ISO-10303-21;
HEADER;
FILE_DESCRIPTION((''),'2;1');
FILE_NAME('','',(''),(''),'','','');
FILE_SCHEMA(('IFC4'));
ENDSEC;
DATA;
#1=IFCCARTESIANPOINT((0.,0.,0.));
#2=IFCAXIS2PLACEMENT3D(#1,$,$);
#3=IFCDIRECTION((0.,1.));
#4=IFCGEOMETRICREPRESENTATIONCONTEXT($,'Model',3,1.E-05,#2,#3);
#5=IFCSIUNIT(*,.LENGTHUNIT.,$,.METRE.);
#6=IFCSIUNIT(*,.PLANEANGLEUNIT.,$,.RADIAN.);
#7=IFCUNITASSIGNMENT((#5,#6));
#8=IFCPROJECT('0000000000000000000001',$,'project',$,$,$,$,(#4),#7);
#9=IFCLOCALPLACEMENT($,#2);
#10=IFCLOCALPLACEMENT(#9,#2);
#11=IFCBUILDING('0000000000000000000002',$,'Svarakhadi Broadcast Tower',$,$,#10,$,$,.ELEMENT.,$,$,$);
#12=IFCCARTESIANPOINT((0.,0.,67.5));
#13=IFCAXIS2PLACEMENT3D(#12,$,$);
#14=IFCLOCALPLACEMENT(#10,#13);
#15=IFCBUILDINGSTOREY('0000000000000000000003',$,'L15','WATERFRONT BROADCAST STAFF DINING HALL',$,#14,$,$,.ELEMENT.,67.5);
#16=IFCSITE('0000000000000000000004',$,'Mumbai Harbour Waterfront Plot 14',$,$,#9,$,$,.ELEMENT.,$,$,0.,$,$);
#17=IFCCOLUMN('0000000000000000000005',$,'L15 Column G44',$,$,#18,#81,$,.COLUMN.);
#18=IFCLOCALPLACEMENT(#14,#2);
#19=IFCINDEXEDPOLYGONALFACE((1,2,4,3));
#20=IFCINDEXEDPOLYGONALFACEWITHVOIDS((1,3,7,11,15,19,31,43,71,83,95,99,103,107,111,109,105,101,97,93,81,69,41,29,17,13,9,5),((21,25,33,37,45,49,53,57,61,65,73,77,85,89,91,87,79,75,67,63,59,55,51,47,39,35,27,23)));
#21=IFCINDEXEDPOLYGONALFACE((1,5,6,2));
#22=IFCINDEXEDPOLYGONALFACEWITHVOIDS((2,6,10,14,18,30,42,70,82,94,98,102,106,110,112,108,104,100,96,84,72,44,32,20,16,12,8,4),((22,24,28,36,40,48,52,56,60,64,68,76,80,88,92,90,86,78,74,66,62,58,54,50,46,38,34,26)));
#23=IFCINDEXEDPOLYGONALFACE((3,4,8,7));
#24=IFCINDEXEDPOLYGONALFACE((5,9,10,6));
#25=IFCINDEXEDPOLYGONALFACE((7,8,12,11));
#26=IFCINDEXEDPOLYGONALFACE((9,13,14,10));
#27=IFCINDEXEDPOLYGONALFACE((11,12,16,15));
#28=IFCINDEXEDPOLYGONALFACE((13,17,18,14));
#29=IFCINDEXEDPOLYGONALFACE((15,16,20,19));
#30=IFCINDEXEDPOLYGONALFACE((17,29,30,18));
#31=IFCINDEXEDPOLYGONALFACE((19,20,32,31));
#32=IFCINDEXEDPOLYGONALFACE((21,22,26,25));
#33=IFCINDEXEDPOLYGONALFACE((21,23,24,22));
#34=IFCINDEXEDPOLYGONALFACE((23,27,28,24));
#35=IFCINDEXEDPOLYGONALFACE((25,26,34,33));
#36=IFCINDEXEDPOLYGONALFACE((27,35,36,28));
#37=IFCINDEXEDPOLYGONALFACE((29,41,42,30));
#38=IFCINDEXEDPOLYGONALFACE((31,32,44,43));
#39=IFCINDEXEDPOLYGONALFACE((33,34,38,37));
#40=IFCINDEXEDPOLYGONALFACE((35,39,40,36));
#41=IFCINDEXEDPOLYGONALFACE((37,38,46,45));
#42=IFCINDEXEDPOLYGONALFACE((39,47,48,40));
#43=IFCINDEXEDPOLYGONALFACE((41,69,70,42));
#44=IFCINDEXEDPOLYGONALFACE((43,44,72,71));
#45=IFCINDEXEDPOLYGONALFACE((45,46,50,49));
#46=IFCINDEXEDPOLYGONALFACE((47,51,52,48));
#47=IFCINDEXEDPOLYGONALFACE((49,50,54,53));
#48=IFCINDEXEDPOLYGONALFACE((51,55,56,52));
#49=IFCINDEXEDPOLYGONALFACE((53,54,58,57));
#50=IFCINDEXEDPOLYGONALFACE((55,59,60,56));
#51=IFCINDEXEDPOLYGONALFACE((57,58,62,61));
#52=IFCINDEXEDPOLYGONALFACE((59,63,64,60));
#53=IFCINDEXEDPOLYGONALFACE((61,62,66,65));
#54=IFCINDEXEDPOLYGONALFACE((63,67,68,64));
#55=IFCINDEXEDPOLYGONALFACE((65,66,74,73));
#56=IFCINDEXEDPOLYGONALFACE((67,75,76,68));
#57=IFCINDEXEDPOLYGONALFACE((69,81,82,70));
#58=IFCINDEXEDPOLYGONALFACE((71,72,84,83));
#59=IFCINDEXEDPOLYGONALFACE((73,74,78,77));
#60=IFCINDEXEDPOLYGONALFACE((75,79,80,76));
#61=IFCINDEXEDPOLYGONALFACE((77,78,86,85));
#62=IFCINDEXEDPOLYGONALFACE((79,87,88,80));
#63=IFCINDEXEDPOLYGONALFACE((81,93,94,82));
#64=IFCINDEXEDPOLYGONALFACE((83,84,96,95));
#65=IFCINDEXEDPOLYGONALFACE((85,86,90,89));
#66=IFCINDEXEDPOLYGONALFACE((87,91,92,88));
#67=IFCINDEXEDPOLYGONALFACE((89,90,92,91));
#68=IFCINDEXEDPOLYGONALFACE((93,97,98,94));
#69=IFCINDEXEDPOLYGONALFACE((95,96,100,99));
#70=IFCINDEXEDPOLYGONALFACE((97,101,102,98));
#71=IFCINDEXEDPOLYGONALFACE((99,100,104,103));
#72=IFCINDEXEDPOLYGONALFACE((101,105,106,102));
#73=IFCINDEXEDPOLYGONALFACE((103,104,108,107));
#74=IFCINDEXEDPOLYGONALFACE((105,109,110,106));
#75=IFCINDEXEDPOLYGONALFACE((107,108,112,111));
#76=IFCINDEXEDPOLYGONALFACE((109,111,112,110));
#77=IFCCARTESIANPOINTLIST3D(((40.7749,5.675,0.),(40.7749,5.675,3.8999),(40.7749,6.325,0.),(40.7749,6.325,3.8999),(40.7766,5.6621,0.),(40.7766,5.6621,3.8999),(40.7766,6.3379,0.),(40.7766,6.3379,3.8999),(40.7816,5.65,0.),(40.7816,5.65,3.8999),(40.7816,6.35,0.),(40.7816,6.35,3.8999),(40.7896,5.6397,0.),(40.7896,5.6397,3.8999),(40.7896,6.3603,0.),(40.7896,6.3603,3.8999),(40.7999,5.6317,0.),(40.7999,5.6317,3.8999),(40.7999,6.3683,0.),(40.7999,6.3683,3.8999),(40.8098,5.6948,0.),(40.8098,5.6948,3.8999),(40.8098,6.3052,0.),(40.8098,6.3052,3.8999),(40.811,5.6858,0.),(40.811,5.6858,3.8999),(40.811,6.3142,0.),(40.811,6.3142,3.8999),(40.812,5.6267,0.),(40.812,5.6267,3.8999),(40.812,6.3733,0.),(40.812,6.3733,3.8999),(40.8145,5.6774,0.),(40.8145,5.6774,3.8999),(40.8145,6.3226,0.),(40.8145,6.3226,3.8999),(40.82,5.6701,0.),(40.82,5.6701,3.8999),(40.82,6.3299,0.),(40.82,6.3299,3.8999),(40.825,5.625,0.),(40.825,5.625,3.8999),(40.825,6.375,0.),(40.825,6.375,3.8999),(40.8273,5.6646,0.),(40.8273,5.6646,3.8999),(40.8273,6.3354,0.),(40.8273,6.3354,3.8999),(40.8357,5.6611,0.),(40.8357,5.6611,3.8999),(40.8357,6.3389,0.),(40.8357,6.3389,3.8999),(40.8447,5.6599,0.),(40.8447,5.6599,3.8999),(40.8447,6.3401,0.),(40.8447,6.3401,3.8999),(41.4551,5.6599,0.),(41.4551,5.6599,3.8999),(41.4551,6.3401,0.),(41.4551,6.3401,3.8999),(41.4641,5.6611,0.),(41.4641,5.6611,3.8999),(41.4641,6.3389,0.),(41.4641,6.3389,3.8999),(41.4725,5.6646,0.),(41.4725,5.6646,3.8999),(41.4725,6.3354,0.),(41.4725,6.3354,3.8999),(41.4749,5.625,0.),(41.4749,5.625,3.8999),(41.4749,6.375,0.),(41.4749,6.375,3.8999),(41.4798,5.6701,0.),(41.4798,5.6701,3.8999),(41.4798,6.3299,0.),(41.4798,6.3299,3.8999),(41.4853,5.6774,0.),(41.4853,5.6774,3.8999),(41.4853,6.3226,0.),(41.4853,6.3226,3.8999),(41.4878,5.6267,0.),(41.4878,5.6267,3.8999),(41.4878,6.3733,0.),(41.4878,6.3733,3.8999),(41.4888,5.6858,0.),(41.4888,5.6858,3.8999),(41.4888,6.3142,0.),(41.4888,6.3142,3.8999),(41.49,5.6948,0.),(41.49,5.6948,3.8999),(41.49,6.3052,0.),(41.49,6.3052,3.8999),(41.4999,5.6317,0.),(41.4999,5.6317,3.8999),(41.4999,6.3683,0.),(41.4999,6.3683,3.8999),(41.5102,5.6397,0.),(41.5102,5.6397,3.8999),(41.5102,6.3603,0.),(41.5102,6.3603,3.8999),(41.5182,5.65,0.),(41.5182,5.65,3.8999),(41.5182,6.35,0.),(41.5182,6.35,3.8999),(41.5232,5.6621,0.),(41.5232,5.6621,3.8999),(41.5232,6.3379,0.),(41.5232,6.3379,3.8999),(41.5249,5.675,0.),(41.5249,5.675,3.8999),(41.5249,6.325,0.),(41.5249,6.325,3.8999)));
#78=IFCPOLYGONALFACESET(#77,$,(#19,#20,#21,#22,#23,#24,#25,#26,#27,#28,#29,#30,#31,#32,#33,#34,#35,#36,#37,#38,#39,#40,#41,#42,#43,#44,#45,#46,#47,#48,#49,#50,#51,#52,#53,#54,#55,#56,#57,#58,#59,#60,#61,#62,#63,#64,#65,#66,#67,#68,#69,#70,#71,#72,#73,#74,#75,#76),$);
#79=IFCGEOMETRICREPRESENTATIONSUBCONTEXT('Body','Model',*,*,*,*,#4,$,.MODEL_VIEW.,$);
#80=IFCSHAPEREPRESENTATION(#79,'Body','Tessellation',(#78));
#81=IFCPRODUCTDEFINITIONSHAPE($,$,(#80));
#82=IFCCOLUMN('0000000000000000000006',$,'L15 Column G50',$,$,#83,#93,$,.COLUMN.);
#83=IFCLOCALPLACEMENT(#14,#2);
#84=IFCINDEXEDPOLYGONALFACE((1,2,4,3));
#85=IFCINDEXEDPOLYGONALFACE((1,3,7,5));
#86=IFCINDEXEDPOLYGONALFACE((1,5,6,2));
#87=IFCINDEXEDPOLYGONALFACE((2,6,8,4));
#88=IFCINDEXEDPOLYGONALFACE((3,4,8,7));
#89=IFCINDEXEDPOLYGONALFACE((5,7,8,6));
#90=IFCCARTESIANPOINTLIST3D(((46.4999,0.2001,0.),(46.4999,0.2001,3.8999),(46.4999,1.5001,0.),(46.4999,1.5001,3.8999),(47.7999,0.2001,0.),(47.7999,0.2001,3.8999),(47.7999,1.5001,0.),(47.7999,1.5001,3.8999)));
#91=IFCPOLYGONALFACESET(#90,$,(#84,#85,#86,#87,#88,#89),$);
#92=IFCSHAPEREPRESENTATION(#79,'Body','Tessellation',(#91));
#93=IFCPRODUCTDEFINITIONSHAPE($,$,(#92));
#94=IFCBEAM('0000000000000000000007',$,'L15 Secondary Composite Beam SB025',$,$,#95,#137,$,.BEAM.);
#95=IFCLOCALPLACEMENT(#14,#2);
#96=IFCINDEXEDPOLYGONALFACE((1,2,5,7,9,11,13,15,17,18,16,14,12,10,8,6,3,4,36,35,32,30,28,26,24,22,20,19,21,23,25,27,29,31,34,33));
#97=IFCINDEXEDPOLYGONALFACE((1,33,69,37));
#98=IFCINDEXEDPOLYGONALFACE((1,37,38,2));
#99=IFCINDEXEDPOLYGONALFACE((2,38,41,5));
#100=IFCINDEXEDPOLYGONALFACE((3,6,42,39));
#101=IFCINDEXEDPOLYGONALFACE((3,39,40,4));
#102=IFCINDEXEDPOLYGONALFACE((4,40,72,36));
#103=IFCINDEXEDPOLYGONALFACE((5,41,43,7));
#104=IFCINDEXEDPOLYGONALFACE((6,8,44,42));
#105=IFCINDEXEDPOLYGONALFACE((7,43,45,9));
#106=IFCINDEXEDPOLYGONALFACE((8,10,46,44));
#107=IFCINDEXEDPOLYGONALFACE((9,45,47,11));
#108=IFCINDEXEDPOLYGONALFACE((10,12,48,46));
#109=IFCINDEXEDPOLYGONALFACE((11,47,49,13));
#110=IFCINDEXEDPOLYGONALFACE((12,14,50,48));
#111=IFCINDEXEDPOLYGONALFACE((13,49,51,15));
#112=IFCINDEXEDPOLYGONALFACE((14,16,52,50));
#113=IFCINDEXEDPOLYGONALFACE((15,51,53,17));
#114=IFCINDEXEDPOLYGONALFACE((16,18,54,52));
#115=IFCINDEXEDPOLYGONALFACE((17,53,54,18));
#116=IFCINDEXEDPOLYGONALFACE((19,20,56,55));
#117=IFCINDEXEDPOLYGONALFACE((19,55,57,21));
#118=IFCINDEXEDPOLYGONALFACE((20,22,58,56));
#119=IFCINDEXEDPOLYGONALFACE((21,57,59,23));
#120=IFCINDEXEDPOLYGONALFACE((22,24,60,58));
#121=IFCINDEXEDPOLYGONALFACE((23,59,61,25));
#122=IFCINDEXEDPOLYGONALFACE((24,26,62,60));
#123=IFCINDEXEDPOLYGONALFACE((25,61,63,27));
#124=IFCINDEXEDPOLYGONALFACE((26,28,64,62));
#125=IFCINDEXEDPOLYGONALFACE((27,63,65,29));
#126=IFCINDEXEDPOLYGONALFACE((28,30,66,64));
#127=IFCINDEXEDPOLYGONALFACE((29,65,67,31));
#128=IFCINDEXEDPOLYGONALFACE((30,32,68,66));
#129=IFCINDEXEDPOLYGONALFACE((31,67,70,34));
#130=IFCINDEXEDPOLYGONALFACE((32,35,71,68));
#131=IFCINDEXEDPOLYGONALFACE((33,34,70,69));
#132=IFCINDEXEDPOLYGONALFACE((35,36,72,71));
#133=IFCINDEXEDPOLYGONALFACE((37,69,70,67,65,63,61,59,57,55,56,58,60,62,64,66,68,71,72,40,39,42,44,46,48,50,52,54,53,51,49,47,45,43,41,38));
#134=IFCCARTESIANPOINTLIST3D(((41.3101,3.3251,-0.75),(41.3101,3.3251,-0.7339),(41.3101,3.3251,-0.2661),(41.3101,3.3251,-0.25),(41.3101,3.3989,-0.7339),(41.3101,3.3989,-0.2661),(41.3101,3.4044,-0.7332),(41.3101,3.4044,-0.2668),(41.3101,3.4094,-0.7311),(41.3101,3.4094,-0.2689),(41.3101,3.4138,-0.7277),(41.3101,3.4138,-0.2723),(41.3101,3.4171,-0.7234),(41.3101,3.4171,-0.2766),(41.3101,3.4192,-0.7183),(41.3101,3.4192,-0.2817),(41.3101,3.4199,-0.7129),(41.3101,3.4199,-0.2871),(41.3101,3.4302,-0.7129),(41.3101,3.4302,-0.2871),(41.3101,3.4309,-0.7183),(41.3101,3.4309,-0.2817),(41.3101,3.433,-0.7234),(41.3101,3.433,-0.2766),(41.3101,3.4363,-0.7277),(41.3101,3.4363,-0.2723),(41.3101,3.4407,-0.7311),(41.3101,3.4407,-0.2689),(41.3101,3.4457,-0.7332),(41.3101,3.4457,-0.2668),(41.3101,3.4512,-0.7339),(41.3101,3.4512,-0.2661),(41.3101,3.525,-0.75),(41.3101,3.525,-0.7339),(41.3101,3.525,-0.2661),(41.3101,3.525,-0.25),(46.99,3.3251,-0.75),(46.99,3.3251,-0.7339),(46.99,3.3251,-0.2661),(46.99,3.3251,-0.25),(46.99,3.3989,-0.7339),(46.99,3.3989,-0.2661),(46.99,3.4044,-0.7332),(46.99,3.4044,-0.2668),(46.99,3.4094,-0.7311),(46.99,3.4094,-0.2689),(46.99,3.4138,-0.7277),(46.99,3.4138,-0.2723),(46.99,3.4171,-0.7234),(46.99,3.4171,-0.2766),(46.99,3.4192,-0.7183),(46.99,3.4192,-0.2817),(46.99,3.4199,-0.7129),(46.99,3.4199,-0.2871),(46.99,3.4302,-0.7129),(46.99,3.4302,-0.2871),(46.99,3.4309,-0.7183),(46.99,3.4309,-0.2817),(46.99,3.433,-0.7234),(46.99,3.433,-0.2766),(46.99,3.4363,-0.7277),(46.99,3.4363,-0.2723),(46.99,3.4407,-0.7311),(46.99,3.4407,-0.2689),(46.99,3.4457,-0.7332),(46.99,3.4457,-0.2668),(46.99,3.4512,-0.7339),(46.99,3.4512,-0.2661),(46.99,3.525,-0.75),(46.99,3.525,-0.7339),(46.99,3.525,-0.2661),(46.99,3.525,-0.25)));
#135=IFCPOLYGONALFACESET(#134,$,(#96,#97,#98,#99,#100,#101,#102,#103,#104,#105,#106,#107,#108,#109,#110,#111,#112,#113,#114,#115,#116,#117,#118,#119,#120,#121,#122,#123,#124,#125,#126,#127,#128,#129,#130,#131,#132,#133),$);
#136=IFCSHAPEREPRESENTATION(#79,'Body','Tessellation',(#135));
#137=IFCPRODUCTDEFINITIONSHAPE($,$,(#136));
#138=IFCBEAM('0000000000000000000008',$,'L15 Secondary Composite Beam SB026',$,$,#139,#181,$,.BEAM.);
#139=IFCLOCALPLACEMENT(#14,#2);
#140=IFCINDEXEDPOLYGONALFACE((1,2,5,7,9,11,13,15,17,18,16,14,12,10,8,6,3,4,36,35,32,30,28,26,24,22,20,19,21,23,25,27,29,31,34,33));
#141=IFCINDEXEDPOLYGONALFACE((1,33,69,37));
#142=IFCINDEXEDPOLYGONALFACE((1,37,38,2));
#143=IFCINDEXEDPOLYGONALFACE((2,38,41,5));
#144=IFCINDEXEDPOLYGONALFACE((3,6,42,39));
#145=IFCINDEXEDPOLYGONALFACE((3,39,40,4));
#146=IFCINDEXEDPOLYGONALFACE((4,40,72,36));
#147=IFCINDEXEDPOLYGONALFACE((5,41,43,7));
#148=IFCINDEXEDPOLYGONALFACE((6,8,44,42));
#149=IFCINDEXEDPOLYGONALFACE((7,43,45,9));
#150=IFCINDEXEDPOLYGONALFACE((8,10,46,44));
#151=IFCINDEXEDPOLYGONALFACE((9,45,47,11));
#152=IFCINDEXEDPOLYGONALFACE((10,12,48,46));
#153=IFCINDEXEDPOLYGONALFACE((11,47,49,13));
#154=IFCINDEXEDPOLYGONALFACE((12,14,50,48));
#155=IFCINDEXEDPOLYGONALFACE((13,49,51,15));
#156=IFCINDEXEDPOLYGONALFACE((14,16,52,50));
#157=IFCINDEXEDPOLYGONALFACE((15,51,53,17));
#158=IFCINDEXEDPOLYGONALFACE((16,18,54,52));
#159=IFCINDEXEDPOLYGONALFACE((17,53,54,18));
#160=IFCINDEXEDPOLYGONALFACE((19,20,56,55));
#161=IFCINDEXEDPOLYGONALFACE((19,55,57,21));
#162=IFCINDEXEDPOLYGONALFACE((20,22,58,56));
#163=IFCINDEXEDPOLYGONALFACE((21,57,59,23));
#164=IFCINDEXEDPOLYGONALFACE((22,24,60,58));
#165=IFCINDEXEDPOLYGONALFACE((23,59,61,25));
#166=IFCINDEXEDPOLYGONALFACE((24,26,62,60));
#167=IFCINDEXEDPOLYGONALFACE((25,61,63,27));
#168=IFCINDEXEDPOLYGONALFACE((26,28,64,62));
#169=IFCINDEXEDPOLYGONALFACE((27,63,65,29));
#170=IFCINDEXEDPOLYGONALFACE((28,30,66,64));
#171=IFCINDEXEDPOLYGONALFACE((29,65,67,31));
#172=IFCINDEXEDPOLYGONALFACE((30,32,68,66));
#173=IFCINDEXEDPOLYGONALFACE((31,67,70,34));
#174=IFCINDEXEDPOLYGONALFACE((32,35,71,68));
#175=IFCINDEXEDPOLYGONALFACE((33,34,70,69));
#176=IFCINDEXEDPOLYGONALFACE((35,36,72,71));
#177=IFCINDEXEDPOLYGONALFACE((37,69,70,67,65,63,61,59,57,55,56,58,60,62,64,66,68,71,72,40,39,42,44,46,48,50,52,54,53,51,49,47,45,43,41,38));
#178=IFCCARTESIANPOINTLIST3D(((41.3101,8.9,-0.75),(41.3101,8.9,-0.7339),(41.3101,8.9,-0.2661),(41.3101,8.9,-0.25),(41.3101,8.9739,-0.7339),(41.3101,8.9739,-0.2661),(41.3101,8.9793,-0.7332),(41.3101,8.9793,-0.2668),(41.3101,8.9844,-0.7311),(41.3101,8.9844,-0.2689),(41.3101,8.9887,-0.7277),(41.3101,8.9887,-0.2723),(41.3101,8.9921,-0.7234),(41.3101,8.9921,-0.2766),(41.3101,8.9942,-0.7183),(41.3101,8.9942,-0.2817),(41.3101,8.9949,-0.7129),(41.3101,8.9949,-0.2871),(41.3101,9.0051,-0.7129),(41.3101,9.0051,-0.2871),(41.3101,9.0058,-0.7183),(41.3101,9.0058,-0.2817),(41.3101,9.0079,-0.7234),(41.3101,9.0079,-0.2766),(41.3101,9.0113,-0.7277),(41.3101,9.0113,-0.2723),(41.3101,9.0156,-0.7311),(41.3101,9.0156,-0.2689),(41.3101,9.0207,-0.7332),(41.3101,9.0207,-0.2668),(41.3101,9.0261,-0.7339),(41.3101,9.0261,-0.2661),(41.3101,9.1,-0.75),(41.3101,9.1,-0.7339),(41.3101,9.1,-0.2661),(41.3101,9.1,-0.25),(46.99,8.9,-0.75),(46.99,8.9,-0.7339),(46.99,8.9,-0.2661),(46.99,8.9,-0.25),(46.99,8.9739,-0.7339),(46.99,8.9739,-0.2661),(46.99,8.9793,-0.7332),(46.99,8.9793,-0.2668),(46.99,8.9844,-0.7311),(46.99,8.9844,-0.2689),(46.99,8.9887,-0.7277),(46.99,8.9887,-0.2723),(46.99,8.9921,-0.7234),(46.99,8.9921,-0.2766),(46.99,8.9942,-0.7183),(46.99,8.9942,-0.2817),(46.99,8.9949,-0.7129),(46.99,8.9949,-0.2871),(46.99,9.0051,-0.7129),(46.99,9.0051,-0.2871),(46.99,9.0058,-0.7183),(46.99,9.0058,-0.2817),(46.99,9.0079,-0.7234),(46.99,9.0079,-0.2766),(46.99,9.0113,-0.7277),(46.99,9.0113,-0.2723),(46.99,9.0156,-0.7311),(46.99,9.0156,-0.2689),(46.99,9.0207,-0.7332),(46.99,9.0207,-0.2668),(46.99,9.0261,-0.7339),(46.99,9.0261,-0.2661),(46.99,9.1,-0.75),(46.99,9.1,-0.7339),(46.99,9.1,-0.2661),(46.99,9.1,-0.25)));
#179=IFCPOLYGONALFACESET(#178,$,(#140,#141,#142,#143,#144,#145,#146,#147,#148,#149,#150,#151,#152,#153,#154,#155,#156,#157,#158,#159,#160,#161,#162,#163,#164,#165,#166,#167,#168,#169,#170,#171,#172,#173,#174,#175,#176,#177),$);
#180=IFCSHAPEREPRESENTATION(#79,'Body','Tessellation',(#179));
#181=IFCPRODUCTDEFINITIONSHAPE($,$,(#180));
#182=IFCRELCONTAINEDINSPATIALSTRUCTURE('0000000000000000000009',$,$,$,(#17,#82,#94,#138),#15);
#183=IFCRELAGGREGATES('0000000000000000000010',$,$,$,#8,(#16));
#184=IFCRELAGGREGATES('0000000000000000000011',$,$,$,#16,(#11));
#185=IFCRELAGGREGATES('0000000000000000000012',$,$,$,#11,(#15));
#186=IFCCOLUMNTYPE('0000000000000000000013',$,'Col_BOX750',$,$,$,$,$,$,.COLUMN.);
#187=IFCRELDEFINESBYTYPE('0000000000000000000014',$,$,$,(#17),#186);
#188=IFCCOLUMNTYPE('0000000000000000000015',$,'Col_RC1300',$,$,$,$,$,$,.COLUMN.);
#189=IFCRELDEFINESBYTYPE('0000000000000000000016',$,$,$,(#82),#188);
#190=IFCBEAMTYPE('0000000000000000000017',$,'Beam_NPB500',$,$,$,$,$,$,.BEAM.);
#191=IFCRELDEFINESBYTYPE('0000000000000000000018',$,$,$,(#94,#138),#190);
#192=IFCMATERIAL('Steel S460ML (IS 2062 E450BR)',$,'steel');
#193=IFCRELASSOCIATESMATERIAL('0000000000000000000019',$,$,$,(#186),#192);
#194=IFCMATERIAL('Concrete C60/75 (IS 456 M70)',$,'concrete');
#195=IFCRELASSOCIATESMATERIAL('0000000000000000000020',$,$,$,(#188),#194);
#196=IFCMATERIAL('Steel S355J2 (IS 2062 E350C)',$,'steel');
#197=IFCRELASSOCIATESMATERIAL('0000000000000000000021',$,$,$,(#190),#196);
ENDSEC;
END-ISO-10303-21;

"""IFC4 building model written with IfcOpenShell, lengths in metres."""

from ifc_helpers import new_model, si_unit, direction, frame, origin, origin_2d, place, context, subcontext, project, spatial, rectangle, hollow_rectangle, i_section, extrude, material, material_profile, profile_set, type_object, element, save


model = new_model("IFC4")

# Units and contexts
model_context = context("Model", 3, precision=1e-05, world=origin(), true_north=direction((0.0, 1.0)))
body_context = subcontext(model_context, "Body", "Model", "MODEL_VIEW")
ifc_project = project(units=[si_unit("LENGTHUNIT", "METRE"), si_unit("PLANEANGLEUNIT", "RADIAN")], contexts=[model_context])

# Site, building, storey
site_placement = place(None, origin())
site = spatial("IfcSite", under=ifc_project, at=site_placement, Name="Mumbai Harbour Waterfront Plot 14", CompositionType="ELEMENT", RefElevation=0.0)
building_placement = place(site_placement, origin())
building = spatial("IfcBuilding", under=site, at=building_placement, Name="Svarakhadi Broadcast Tower", CompositionType="ELEMENT")
storey_placement = place(building_placement, frame((0.0, 0.0, 67.5)))
storey = spatial("IfcBuildingStorey", under=building, at=storey_placement, Name="L15", Description="WATERFRONT BROADCAST STAFF DINING HALL", CompositionType="ELEMENT", Elevation=67.5)

# Columns
ifc_material_1 = material(Name="Steel S460ML (IS 2062 E450BR)", Category="steel")
ifc_material_profile_1 = material_profile(ifc_material_1, hollow_rectangle(XDim=0.75, YDim=0.75, WallThickness=0.0349, InnerFilletRadius=0.0349, OuterFilletRadius=0.05, at=origin_2d()), Name="BOX 750x750x35")
ifc_profile_set_1 = profile_set([ifc_material_profile_1], Name="Steel S460ML (IS 2062 E450BR)")
column_type_1 = type_object("IfcColumnType", Name="Col_BOX750", PredefinedType="COLUMN", material=ifc_profile_set_1)
column_1_placement = place(storey_placement, frame((41.1499, 6.0, 0.0), z_axis=(0.0, 0.0, 1.0), x_axis=(1.0, 0.0, 0.0)))
element("IfcColumn", 1, at=column_1_placement, inside=storey, type_object=column_type_1, Name="L15 Column G44", PredefinedType="COLUMN", context=body_context, shape_type="SweptSolid", body=[
    extrude(hollow_rectangle(XDim=0.75, YDim=0.75, WallThickness=0.0349, InnerFilletRadius=0.0349, OuterFilletRadius=0.05, at=origin_2d()), origin(), (0.0, 0.0, 1.0), 3.8999),
])
ifc_material_2 = material(Name="Concrete C60/75 (IS 456 M70)", Category="concrete")
ifc_material_profile_2 = material_profile(ifc_material_2, rectangle(XDim=1.3, YDim=1.3, at=origin_2d()), Name="RC 1300x1300")
ifc_profile_set_2 = profile_set([ifc_material_profile_2], Name="Concrete C60/75 (IS 456 M70)")
column_type_2 = type_object("IfcColumnType", Name="Col_RC1300", PredefinedType="COLUMN", material=ifc_profile_set_2)
column_2_placement = place(storey_placement, frame((47.1499, 0.8501, 0.0), z_axis=(0.0, 0.0, 1.0), x_axis=(1.0, 0.0, 0.0)))
element("IfcColumn", 2, at=column_2_placement, inside=storey, type_object=column_type_2, Name="L15 Column G50", PredefinedType="COLUMN", context=body_context, shape_type="SweptSolid", body=[
    extrude(rectangle(XDim=1.3, YDim=1.3, at=origin_2d()), origin(), (0.0, 0.0, 1.0), 3.8999),
])

# Beams
ifc_material_3 = material(Name="Steel S355J2 (IS 2062 E350C)", Category="steel")
ifc_material_profile_3 = material_profile(ifc_material_3, i_section(OverallWidth=0.2, OverallDepth=0.5, WebThickness=0.0103, FlangeThickness=0.0161, FilletRadius=0.021, at=origin_2d()), Name="NPB 500x200x91")
ifc_profile_set_3 = profile_set([ifc_material_profile_3], Name="Steel S355J2 (IS 2062 E350C)")
beam_type_1 = type_object("IfcBeamType", Name="Beam_NPB500", PredefinedType="BEAM", material=ifc_profile_set_3)
for number, where, z_axis, x_axis, name in (
    (3, (41.3101, 3.425, -0.5), (1.0, 0.0, 0.0), (0.0, 1.0, 0.0), "L15 Secondary Composite Beam SB025"),
    (4, (41.3101, 9.0, -0.5), (1.0, 0.0, 0.0), (0.0, 1.0, 0.0), "L15 Secondary Composite Beam SB026"),
):
    element("IfcBeam", number, at=place(storey_placement, frame(where, z_axis=z_axis, x_axis=x_axis)), inside=storey, type_object=beam_type_1, Name=name, PredefinedType="BEAM", context=body_context, shape_type="SweptSolid", body=[
        extrude(i_section(OverallWidth=0.2, OverallDepth=0.5, WebThickness=0.0103, FlangeThickness=0.0161, FilletRadius=0.021, at=origin_2d()), origin(), (0.0, 0.0, 1.0), 5.6799),
    ])

save(model, "model.ifc")
